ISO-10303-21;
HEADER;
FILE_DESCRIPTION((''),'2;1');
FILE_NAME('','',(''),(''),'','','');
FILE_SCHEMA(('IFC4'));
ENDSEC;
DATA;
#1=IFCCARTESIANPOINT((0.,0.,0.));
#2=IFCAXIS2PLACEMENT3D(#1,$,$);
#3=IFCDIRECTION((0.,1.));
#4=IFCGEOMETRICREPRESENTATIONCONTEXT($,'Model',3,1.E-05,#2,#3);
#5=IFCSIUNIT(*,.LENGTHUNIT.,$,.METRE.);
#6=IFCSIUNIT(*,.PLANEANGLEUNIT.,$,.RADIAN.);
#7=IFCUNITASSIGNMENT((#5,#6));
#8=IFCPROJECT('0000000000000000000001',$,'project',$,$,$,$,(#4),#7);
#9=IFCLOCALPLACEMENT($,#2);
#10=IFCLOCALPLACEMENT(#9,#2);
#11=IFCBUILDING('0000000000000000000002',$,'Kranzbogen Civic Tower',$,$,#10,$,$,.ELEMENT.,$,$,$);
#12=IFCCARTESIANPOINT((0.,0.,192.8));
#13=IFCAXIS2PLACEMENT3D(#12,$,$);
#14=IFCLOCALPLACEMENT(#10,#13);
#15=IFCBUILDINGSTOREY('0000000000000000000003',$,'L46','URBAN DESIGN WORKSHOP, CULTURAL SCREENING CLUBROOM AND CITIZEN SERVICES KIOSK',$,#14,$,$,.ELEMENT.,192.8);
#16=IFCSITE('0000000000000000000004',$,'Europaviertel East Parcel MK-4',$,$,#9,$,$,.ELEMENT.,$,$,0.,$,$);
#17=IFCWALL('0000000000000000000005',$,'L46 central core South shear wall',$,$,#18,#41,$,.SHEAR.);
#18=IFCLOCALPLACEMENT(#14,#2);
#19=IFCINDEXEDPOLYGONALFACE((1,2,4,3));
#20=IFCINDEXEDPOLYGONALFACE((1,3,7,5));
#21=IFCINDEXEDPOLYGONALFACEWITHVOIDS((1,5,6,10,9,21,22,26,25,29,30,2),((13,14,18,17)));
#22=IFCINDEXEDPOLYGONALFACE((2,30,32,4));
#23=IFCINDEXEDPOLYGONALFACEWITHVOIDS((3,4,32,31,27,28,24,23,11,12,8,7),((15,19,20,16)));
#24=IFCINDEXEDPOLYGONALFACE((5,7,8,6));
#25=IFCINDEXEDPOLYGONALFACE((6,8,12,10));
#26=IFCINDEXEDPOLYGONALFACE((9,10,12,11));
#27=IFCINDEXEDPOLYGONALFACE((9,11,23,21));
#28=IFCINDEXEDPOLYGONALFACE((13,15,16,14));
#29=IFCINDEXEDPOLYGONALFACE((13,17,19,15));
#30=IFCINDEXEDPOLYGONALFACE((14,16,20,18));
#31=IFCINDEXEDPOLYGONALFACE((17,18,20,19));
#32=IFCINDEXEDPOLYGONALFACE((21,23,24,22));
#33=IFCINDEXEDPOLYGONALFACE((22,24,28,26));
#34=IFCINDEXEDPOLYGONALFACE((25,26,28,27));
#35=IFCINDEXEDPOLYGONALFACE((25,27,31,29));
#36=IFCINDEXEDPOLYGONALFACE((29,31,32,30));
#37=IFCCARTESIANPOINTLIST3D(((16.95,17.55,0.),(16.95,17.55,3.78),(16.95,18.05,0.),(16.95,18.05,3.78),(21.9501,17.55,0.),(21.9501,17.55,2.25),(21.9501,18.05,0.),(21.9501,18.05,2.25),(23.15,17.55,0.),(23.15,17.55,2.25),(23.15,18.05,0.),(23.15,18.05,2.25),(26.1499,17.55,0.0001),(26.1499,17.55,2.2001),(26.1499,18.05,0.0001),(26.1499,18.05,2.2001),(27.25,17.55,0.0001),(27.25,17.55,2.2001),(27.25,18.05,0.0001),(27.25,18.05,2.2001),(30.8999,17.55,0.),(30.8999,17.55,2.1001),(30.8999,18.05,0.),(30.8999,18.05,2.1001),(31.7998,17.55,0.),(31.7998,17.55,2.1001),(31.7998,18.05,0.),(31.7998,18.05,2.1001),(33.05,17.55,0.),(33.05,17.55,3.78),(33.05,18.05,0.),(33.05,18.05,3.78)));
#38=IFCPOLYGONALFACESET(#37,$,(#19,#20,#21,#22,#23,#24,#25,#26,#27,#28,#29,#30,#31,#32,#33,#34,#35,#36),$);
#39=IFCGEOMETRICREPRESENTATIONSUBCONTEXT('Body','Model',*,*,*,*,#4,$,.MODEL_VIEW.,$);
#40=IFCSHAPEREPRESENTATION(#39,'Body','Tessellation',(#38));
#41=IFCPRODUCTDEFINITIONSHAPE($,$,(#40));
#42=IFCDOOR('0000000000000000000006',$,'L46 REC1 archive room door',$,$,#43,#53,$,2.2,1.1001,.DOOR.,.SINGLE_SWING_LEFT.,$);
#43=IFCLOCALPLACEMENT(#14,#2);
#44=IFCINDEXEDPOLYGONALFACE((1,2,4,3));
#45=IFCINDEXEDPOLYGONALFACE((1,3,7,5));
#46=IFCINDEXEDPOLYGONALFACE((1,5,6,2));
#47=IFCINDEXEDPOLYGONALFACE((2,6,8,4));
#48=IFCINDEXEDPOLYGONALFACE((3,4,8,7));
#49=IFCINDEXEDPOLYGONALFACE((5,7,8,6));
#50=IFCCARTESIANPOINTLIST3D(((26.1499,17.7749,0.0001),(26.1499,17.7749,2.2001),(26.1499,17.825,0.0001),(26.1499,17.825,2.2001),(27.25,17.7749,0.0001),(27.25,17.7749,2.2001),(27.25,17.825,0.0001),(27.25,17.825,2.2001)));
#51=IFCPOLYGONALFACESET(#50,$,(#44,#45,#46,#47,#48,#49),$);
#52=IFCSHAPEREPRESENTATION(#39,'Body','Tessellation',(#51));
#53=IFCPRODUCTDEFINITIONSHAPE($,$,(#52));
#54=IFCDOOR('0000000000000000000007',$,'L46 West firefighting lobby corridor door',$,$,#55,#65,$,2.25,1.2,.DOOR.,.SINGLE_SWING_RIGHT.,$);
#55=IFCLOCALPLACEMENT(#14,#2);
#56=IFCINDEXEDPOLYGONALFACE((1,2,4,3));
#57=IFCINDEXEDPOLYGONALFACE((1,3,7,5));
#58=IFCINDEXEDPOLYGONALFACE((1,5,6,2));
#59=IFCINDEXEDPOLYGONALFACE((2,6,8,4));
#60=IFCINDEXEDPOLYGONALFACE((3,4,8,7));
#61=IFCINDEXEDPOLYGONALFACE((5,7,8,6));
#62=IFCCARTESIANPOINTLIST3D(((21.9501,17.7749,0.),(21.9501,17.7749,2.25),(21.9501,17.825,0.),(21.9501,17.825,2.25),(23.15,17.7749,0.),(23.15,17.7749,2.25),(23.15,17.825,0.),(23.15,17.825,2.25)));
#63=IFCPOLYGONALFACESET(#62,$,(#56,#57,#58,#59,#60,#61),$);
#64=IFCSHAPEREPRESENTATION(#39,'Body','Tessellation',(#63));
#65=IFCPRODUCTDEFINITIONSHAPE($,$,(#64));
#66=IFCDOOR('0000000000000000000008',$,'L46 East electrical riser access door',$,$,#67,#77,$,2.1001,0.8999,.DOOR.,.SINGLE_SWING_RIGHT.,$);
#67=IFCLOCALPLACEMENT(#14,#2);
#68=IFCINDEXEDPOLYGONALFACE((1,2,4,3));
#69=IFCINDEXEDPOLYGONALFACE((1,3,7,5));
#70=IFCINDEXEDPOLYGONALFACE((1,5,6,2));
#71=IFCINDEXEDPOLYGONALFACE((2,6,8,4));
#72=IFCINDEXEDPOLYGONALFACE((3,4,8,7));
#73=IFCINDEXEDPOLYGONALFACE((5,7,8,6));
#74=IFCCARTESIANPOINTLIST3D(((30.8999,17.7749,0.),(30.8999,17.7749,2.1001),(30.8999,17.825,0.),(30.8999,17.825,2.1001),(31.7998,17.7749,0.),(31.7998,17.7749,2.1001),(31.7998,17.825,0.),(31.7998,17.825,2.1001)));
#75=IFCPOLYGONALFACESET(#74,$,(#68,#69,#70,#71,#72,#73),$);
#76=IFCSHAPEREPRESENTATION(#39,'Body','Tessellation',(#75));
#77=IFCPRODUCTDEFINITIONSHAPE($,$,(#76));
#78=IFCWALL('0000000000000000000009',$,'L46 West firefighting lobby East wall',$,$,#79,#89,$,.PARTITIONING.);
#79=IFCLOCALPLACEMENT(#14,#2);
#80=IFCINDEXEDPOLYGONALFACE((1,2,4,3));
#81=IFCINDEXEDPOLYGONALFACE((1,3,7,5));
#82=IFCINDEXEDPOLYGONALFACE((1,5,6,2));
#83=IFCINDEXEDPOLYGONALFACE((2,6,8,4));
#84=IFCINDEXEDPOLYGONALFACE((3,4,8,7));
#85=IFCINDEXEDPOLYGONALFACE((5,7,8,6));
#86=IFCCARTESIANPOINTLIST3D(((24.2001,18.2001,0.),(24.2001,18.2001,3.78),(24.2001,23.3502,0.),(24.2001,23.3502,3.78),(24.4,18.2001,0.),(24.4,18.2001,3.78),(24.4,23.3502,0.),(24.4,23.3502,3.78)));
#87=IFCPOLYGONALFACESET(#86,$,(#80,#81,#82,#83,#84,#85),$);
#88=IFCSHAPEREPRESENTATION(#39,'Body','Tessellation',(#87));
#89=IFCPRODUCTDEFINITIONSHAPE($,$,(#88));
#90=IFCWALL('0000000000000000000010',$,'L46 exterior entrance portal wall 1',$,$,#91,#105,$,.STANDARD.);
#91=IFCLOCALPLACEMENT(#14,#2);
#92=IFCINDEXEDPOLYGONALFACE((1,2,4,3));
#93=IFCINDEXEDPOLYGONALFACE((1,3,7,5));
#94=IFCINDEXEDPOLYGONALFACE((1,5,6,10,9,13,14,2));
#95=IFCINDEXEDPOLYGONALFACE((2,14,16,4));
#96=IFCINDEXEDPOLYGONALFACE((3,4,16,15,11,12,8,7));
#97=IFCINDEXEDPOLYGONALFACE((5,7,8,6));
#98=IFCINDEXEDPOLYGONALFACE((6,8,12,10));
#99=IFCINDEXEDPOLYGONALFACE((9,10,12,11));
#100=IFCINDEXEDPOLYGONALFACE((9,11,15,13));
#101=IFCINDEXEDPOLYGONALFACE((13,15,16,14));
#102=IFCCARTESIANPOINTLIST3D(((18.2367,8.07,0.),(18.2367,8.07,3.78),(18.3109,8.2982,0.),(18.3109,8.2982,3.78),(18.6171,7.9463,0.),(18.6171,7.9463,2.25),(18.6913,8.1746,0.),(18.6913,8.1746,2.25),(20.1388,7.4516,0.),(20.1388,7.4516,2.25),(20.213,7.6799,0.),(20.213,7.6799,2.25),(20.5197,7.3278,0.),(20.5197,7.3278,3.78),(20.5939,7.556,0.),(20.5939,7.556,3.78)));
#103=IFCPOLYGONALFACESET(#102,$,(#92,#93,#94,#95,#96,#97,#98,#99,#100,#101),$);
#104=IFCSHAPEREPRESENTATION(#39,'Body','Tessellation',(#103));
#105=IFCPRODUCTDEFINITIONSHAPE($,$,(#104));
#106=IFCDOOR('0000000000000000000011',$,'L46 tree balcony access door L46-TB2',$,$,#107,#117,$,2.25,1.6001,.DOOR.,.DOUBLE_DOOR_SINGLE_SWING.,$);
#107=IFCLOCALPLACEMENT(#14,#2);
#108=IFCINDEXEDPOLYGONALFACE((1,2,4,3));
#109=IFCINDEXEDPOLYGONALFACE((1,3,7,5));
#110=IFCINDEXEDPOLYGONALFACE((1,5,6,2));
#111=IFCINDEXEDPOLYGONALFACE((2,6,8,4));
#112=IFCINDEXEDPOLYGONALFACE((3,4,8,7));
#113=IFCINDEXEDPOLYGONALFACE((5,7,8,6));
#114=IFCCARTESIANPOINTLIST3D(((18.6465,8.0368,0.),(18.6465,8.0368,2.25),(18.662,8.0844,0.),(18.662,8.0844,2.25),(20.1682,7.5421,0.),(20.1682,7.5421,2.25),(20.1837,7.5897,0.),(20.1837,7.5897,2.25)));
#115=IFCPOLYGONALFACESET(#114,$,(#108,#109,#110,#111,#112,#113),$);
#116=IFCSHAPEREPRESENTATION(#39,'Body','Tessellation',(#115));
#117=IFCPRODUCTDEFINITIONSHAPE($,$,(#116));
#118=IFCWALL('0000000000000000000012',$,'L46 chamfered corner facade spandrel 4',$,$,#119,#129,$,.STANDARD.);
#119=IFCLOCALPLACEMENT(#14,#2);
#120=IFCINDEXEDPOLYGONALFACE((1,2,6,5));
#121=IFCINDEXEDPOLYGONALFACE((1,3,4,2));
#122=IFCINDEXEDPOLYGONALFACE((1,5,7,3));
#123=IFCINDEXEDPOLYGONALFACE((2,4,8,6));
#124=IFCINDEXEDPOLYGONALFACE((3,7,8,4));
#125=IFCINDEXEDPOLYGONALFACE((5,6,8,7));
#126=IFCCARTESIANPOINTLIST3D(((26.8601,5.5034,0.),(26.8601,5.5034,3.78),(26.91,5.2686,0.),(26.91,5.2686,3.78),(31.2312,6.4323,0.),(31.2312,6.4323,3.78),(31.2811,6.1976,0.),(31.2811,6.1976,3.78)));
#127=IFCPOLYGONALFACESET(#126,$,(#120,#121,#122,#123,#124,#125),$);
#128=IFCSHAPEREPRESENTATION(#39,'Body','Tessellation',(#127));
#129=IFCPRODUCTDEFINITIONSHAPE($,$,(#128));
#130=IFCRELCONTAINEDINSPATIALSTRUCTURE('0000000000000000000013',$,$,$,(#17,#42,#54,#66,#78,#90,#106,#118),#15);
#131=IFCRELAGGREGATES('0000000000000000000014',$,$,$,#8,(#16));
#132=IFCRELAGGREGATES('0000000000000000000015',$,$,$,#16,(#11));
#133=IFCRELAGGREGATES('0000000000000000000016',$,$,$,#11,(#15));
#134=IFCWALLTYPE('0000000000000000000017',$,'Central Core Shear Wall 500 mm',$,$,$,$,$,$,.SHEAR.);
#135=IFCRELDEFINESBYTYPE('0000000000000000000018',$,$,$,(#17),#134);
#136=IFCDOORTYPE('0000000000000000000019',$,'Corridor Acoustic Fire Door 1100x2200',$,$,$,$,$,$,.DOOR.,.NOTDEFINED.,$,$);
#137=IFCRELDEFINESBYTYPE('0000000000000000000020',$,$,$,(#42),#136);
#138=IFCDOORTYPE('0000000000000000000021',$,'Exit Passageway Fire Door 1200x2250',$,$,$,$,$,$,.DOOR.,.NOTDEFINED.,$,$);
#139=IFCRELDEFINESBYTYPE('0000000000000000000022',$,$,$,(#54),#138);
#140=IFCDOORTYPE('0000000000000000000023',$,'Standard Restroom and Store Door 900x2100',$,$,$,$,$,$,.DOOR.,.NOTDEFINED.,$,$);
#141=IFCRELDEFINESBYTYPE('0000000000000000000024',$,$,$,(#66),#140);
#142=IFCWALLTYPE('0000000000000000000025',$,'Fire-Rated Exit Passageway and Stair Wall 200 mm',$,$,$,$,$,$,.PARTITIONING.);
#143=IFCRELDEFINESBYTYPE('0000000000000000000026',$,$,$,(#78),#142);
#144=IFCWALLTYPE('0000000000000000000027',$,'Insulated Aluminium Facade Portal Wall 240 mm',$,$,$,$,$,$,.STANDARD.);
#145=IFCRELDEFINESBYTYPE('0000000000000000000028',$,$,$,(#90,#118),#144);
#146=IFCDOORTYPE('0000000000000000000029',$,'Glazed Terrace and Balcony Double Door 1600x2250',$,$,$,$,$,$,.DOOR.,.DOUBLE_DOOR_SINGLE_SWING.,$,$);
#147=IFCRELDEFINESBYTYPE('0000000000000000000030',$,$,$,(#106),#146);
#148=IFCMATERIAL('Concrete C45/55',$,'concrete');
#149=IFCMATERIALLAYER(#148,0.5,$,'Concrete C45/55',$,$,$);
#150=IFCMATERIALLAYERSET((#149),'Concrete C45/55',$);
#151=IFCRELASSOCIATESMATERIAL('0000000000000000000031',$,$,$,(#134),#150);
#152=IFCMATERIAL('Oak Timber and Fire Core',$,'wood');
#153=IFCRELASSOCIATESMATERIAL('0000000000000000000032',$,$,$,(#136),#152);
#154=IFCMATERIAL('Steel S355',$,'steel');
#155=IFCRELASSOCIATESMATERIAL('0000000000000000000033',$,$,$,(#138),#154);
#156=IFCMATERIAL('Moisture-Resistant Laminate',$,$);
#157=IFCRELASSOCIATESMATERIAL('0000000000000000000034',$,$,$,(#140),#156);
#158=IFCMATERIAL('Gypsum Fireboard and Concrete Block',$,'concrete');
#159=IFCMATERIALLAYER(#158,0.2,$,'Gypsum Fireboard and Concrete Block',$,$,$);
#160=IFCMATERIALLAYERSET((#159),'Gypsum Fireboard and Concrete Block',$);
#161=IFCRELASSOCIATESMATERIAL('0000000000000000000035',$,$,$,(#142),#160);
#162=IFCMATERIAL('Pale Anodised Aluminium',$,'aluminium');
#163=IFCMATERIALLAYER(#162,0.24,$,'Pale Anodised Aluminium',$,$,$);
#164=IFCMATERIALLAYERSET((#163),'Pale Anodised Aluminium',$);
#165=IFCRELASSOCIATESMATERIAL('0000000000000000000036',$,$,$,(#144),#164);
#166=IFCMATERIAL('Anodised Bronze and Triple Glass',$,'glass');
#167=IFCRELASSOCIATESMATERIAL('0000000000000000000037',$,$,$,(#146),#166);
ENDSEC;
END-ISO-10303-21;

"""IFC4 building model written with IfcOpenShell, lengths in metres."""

from ifc_helpers import new_model, si_unit, direction, frame, frame_2d, origin, place, context, subcontext, project, spatial, rectangle, extrude, material, layer, layer_set, type_object, element, fill, save


model = new_model("IFC4")

# Units and contexts
model_context = context("Model", 3, precision=1e-05, world=origin(), true_north=direction((0.0, 1.0)))
body_context = subcontext(model_context, "Body", "Model", "MODEL_VIEW")
ifc_project = project(units=[si_unit("LENGTHUNIT", "METRE"), si_unit("PLANEANGLEUNIT", "RADIAN")], contexts=[model_context])

# Site, building, storey
site_placement = place(None, origin())
site = spatial("IfcSite", under=ifc_project, at=site_placement, Name="Europaviertel East Parcel MK-4", CompositionType="ELEMENT", RefElevation=0.0)
building_placement = place(site_placement, origin())
building = spatial("IfcBuilding", under=site, at=building_placement, Name="Kranzbogen Civic Tower", CompositionType="ELEMENT")
storey_placement = place(building_placement, frame((0.0, 0.0, 192.8)))
storey = spatial("IfcBuildingStorey", under=building, at=storey_placement, Name="L46", Description="URBAN DESIGN WORKSHOP, CULTURAL SCREENING CLUBROOM AND CITIZEN SERVICES KIOSK", CompositionType="ELEMENT", Elevation=192.8)

# Shared definitions
ifc_material_1 = material(Name="Steel S355", Category="steel")

# Shared definitions
ifc_material_2 = material(Name="Pale Anodised Aluminium", Category="aluminium")

# Wall, openings, doors
ifc_material_3 = material(Name="Concrete C45/55", Category="concrete")
ifc_layer_1 = layer(ifc_material_3, 0.5, Name="Concrete C45/55")
ifc_layer_set_1 = layer_set([ifc_layer_1], Name="Concrete C45/55")
wall_type_1 = type_object("IfcWallType", Name="Central Core Shear Wall 500 mm", PredefinedType="SHEAR", material=ifc_layer_set_1)
wall_1_placement = place(storey_placement, frame((16.95, 17.8, 0.0), z_axis=(0.0, 0.0, 1.0), x_axis=(1.0, 0.0, 0.0)))
wall_1 = element("IfcWall", 1, at=wall_1_placement, inside=storey, type_object=wall_type_1, Name="L46 central core South shear wall", PredefinedType="SHEAR", context=body_context, shape_type="SweptSolid", body=[
    extrude(rectangle(XDim=16.1001, YDim=0.5, at=frame_2d((8.05, 0.0))), origin(), (0.0, 0.0, 1.0), 3.78),
])
opening_1_placement = place(wall_1_placement, frame((5.0, 0.0, 0.0)))
opening_1 = element("IfcOpeningElement", 2, at=opening_1_placement, cuts=wall_1, PredefinedType="OPENING", context=body_context, shape_type="SweptSolid", body=[
    extrude(rectangle(XDim=1.2, YDim=2.25, at=frame_2d((0.6001, 1.125))), frame((0.0, 0.26, 0.0), z_axis=(0.0, -1.0, 0.0), x_axis=(1.0, 0.0, 0.0)), (0.0, 0.0, 1.0), 0.52),
])
opening_2_placement = place(wall_1_placement, frame((13.95, 0.0, 0.0)))
opening_2 = element("IfcOpeningElement", 3, at=opening_2_placement, cuts=wall_1, PredefinedType="OPENING", context=body_context, shape_type="SweptSolid", body=[
    extrude(rectangle(XDim=0.8999, YDim=2.1001, at=frame_2d((0.45, 1.05))), frame((0.0, 0.26, 0.0), z_axis=(0.0, -1.0, 0.0), x_axis=(1.0, 0.0, 0.0)), (0.0, 0.0, 1.0), 0.52),
])
opening_3_placement = place(wall_1_placement, frame((9.2, 0.0, 0.0)))
opening_3 = element("IfcOpeningElement", 4, at=opening_3_placement, cuts=wall_1, PredefinedType="OPENING", context=body_context, shape_type="SweptSolid", body=[
    extrude(rectangle(XDim=1.1001, YDim=2.2, at=frame_2d((0.55, 1.1001))), frame((0.0, 0.26, 0.0), z_axis=(0.0, -1.0, 0.0), x_axis=(1.0, 0.0, 0.0)), (0.0, 0.0, 1.0), 0.52),
])
ifc_material_4 = material(Name="Oak Timber and Fire Core", Category="wood")
door_type_1 = type_object("IfcDoorType", Name="Corridor Acoustic Fire Door 1100x2200", OperationType="NOTDEFINED", PredefinedType="DOOR", material=ifc_material_4)
door_1_placement = place(opening_3_placement, origin())
door_1 = element("IfcDoor", 5, at=door_1_placement, inside=storey, type_object=door_type_1, Name="L46 REC1 archive room door", OperationType="SINGLE_SWING_LEFT", OverallHeight=2.2, OverallWidth=1.1001, PredefinedType="DOOR", context=body_context, shape_type="SweptSolid", body=[
    extrude(rectangle(XDim=1.1001, YDim=2.2, at=frame_2d((0.55, 1.1001))), frame((0.0, 0.0249, 0.0), z_axis=(0.0, -1.0, 0.0), x_axis=(1.0, 0.0, 0.0)), (0.0, 0.0, 1.0), 0.05),
])
fill(opening_3, door_1)
door_type_2 = type_object("IfcDoorType", Name="Exit Passageway Fire Door 1200x2250", OperationType="NOTDEFINED", PredefinedType="DOOR", material=ifc_material_1)
door_2_placement = place(opening_1_placement, origin())
door_2 = element("IfcDoor", 6, at=door_2_placement, inside=storey, type_object=door_type_2, Name="L46 West firefighting lobby corridor door", OperationType="SINGLE_SWING_RIGHT", OverallHeight=2.25, OverallWidth=1.2, PredefinedType="DOOR", context=body_context, shape_type="SweptSolid", body=[
    extrude(rectangle(XDim=1.2, YDim=2.25, at=frame_2d((0.6001, 1.125))), frame((0.0, 0.0249, 0.0), z_axis=(0.0, -1.0, 0.0), x_axis=(1.0, 0.0, 0.0)), (0.0, 0.0, 1.0), 0.05),
])
fill(opening_1, door_2)
ifc_material_5 = material(Name="Moisture-Resistant Laminate")
door_type_3 = type_object("IfcDoorType", Name="Standard Restroom and Store Door 900x2100", OperationType="NOTDEFINED", PredefinedType="DOOR", material=ifc_material_5)
door_3_placement = place(opening_2_placement, origin())
door_3 = element("IfcDoor", 7, at=door_3_placement, inside=storey, type_object=door_type_3, Name="L46 East electrical riser access door", OperationType="SINGLE_SWING_RIGHT", OverallHeight=2.1001, OverallWidth=0.8999, PredefinedType="DOOR", context=body_context, shape_type="SweptSolid", body=[
    extrude(rectangle(XDim=0.8999, YDim=2.1001, at=frame_2d((0.45, 1.05))), frame((0.0, 0.0249, 0.0), z_axis=(0.0, -1.0, 0.0), x_axis=(1.0, 0.0, 0.0)), (0.0, 0.0, 1.0), 0.05),
])
fill(opening_2, door_3)

# Wall
ifc_material_6 = material(Name="Gypsum Fireboard and Concrete Block", Category="concrete")
ifc_layer_2 = layer(ifc_material_6, 0.2, Name="Gypsum Fireboard and Concrete Block")
ifc_layer_set_2 = layer_set([ifc_layer_2], Name="Gypsum Fireboard and Concrete Block")
wall_type_2 = type_object("IfcWallType", Name="Fire-Rated Exit Passageway and Stair Wall 200 mm", PredefinedType="PARTITIONING", material=ifc_layer_set_2)
wall_2_placement = place(storey_placement, frame((24.3, 18.2, 0.0), z_axis=(0.0, 0.0, 1.0), x_axis=(0.0, 1.0, 0.0)))
element("IfcWall", 8, at=wall_2_placement, inside=storey, type_object=wall_type_2, Name="L46 West firefighting lobby East wall", PredefinedType="PARTITIONING", context=body_context, shape_type="SweptSolid", body=[
    extrude(rectangle(XDim=5.1501, YDim=0.2, at=frame_2d((2.5752, 0.0))), origin(), (0.0, 0.0, 1.0), 3.78),
])

# Wall, opening, door
ifc_layer_3 = layer(ifc_material_2, 0.24, Name="Pale Anodised Aluminium")
ifc_layer_set_3 = layer_set([ifc_layer_3], Name="Pale Anodised Aluminium")
wall_type_3 = type_object("IfcWallType", Name="Insulated Aluminium Facade Portal Wall 240 mm", PredefinedType="STANDARD", material=ifc_layer_set_3)
wall_3_placement = place(storey_placement, frame((18.2739, 8.1841, 0.0), z_axis=(0.0, 0.0, 1.0), x_axis=(0.951006, -0.309171, 0.0)))
wall_3 = element("IfcWall", 9, at=wall_3_placement, inside=storey, type_object=wall_type_3, Name="L46 exterior entrance portal wall 1", PredefinedType="STANDARD", context=body_context, shape_type="SweptSolid", body=[
    extrude(rectangle(XDim=2.4006, YDim=0.24, at=frame_2d((1.2002, 0.0))), origin(), (0.0, 0.0, 1.0), 3.78),
])
opening_4_placement = place(wall_3_placement, frame((0.3999, 0.0, 0.0)))
opening_4 = element("IfcOpeningElement", 10, at=opening_4_placement, cuts=wall_3, PredefinedType="OPENING", context=body_context, shape_type="SweptSolid", body=[
    extrude(rectangle(XDim=1.6001, YDim=2.25, at=frame_2d((0.8, 1.125))), frame((0.0, 0.1299, 0.0), z_axis=(0.0, -1.0, 0.0), x_axis=(1.0, 0.0, 0.0)), (0.0, 0.0, 1.0), 0.26),
])
ifc_material_7 = material(Name="Anodised Bronze and Triple Glass", Category="glass")
door_type_4 = type_object("IfcDoorType", Name="Glazed Terrace and Balcony Double Door 1600x2250", OperationType="DOUBLE_DOOR_SINGLE_SWING", PredefinedType="DOOR", material=ifc_material_7)
door_4_placement = place(opening_4_placement, frame((1.6001, 0.0, 0.0), z_axis=(0.0, 0.0, 1.0), x_axis=(-1.0, 0.0, 0.0)))
door_4 = element("IfcDoor", 11, at=door_4_placement, inside=storey, type_object=door_type_4, Name="L46 tree balcony access door L46-TB2", OperationType="DOUBLE_DOOR_SINGLE_SWING", OverallHeight=2.25, OverallWidth=1.6001, PredefinedType="DOOR", context=body_context, shape_type="SweptSolid", body=[
    extrude(rectangle(XDim=1.6001, YDim=2.25, at=frame_2d((0.8, 1.125))), frame((0.0, 0.0249, 0.0), z_axis=(0.0, -1.0, 0.0), x_axis=(1.0, 0.0, 0.0)), (0.0, 0.0, 1.0), 0.05),
])
fill(opening_4, door_4)

# Wall
wall_4_placement = place(storey_placement, frame((26.885, 5.386, 0.0), z_axis=(0.0, 0.0, 1.0), x_axis=(0.978154, 0.20788, 0.0)))
element("IfcWall", 12, at=wall_4_placement, inside=storey, type_object=wall_type_3, Name="L46 chamfered corner facade spandrel 4", PredefinedType="STANDARD", context=body_context, shape_type="SweptSolid", body=[
    extrude(rectangle(XDim=4.4688, YDim=0.24, at=frame_2d((2.2344, 0.0))), origin(), (0.0, 0.0, 1.0), 3.78),
])

save(model, "model.ifc")
